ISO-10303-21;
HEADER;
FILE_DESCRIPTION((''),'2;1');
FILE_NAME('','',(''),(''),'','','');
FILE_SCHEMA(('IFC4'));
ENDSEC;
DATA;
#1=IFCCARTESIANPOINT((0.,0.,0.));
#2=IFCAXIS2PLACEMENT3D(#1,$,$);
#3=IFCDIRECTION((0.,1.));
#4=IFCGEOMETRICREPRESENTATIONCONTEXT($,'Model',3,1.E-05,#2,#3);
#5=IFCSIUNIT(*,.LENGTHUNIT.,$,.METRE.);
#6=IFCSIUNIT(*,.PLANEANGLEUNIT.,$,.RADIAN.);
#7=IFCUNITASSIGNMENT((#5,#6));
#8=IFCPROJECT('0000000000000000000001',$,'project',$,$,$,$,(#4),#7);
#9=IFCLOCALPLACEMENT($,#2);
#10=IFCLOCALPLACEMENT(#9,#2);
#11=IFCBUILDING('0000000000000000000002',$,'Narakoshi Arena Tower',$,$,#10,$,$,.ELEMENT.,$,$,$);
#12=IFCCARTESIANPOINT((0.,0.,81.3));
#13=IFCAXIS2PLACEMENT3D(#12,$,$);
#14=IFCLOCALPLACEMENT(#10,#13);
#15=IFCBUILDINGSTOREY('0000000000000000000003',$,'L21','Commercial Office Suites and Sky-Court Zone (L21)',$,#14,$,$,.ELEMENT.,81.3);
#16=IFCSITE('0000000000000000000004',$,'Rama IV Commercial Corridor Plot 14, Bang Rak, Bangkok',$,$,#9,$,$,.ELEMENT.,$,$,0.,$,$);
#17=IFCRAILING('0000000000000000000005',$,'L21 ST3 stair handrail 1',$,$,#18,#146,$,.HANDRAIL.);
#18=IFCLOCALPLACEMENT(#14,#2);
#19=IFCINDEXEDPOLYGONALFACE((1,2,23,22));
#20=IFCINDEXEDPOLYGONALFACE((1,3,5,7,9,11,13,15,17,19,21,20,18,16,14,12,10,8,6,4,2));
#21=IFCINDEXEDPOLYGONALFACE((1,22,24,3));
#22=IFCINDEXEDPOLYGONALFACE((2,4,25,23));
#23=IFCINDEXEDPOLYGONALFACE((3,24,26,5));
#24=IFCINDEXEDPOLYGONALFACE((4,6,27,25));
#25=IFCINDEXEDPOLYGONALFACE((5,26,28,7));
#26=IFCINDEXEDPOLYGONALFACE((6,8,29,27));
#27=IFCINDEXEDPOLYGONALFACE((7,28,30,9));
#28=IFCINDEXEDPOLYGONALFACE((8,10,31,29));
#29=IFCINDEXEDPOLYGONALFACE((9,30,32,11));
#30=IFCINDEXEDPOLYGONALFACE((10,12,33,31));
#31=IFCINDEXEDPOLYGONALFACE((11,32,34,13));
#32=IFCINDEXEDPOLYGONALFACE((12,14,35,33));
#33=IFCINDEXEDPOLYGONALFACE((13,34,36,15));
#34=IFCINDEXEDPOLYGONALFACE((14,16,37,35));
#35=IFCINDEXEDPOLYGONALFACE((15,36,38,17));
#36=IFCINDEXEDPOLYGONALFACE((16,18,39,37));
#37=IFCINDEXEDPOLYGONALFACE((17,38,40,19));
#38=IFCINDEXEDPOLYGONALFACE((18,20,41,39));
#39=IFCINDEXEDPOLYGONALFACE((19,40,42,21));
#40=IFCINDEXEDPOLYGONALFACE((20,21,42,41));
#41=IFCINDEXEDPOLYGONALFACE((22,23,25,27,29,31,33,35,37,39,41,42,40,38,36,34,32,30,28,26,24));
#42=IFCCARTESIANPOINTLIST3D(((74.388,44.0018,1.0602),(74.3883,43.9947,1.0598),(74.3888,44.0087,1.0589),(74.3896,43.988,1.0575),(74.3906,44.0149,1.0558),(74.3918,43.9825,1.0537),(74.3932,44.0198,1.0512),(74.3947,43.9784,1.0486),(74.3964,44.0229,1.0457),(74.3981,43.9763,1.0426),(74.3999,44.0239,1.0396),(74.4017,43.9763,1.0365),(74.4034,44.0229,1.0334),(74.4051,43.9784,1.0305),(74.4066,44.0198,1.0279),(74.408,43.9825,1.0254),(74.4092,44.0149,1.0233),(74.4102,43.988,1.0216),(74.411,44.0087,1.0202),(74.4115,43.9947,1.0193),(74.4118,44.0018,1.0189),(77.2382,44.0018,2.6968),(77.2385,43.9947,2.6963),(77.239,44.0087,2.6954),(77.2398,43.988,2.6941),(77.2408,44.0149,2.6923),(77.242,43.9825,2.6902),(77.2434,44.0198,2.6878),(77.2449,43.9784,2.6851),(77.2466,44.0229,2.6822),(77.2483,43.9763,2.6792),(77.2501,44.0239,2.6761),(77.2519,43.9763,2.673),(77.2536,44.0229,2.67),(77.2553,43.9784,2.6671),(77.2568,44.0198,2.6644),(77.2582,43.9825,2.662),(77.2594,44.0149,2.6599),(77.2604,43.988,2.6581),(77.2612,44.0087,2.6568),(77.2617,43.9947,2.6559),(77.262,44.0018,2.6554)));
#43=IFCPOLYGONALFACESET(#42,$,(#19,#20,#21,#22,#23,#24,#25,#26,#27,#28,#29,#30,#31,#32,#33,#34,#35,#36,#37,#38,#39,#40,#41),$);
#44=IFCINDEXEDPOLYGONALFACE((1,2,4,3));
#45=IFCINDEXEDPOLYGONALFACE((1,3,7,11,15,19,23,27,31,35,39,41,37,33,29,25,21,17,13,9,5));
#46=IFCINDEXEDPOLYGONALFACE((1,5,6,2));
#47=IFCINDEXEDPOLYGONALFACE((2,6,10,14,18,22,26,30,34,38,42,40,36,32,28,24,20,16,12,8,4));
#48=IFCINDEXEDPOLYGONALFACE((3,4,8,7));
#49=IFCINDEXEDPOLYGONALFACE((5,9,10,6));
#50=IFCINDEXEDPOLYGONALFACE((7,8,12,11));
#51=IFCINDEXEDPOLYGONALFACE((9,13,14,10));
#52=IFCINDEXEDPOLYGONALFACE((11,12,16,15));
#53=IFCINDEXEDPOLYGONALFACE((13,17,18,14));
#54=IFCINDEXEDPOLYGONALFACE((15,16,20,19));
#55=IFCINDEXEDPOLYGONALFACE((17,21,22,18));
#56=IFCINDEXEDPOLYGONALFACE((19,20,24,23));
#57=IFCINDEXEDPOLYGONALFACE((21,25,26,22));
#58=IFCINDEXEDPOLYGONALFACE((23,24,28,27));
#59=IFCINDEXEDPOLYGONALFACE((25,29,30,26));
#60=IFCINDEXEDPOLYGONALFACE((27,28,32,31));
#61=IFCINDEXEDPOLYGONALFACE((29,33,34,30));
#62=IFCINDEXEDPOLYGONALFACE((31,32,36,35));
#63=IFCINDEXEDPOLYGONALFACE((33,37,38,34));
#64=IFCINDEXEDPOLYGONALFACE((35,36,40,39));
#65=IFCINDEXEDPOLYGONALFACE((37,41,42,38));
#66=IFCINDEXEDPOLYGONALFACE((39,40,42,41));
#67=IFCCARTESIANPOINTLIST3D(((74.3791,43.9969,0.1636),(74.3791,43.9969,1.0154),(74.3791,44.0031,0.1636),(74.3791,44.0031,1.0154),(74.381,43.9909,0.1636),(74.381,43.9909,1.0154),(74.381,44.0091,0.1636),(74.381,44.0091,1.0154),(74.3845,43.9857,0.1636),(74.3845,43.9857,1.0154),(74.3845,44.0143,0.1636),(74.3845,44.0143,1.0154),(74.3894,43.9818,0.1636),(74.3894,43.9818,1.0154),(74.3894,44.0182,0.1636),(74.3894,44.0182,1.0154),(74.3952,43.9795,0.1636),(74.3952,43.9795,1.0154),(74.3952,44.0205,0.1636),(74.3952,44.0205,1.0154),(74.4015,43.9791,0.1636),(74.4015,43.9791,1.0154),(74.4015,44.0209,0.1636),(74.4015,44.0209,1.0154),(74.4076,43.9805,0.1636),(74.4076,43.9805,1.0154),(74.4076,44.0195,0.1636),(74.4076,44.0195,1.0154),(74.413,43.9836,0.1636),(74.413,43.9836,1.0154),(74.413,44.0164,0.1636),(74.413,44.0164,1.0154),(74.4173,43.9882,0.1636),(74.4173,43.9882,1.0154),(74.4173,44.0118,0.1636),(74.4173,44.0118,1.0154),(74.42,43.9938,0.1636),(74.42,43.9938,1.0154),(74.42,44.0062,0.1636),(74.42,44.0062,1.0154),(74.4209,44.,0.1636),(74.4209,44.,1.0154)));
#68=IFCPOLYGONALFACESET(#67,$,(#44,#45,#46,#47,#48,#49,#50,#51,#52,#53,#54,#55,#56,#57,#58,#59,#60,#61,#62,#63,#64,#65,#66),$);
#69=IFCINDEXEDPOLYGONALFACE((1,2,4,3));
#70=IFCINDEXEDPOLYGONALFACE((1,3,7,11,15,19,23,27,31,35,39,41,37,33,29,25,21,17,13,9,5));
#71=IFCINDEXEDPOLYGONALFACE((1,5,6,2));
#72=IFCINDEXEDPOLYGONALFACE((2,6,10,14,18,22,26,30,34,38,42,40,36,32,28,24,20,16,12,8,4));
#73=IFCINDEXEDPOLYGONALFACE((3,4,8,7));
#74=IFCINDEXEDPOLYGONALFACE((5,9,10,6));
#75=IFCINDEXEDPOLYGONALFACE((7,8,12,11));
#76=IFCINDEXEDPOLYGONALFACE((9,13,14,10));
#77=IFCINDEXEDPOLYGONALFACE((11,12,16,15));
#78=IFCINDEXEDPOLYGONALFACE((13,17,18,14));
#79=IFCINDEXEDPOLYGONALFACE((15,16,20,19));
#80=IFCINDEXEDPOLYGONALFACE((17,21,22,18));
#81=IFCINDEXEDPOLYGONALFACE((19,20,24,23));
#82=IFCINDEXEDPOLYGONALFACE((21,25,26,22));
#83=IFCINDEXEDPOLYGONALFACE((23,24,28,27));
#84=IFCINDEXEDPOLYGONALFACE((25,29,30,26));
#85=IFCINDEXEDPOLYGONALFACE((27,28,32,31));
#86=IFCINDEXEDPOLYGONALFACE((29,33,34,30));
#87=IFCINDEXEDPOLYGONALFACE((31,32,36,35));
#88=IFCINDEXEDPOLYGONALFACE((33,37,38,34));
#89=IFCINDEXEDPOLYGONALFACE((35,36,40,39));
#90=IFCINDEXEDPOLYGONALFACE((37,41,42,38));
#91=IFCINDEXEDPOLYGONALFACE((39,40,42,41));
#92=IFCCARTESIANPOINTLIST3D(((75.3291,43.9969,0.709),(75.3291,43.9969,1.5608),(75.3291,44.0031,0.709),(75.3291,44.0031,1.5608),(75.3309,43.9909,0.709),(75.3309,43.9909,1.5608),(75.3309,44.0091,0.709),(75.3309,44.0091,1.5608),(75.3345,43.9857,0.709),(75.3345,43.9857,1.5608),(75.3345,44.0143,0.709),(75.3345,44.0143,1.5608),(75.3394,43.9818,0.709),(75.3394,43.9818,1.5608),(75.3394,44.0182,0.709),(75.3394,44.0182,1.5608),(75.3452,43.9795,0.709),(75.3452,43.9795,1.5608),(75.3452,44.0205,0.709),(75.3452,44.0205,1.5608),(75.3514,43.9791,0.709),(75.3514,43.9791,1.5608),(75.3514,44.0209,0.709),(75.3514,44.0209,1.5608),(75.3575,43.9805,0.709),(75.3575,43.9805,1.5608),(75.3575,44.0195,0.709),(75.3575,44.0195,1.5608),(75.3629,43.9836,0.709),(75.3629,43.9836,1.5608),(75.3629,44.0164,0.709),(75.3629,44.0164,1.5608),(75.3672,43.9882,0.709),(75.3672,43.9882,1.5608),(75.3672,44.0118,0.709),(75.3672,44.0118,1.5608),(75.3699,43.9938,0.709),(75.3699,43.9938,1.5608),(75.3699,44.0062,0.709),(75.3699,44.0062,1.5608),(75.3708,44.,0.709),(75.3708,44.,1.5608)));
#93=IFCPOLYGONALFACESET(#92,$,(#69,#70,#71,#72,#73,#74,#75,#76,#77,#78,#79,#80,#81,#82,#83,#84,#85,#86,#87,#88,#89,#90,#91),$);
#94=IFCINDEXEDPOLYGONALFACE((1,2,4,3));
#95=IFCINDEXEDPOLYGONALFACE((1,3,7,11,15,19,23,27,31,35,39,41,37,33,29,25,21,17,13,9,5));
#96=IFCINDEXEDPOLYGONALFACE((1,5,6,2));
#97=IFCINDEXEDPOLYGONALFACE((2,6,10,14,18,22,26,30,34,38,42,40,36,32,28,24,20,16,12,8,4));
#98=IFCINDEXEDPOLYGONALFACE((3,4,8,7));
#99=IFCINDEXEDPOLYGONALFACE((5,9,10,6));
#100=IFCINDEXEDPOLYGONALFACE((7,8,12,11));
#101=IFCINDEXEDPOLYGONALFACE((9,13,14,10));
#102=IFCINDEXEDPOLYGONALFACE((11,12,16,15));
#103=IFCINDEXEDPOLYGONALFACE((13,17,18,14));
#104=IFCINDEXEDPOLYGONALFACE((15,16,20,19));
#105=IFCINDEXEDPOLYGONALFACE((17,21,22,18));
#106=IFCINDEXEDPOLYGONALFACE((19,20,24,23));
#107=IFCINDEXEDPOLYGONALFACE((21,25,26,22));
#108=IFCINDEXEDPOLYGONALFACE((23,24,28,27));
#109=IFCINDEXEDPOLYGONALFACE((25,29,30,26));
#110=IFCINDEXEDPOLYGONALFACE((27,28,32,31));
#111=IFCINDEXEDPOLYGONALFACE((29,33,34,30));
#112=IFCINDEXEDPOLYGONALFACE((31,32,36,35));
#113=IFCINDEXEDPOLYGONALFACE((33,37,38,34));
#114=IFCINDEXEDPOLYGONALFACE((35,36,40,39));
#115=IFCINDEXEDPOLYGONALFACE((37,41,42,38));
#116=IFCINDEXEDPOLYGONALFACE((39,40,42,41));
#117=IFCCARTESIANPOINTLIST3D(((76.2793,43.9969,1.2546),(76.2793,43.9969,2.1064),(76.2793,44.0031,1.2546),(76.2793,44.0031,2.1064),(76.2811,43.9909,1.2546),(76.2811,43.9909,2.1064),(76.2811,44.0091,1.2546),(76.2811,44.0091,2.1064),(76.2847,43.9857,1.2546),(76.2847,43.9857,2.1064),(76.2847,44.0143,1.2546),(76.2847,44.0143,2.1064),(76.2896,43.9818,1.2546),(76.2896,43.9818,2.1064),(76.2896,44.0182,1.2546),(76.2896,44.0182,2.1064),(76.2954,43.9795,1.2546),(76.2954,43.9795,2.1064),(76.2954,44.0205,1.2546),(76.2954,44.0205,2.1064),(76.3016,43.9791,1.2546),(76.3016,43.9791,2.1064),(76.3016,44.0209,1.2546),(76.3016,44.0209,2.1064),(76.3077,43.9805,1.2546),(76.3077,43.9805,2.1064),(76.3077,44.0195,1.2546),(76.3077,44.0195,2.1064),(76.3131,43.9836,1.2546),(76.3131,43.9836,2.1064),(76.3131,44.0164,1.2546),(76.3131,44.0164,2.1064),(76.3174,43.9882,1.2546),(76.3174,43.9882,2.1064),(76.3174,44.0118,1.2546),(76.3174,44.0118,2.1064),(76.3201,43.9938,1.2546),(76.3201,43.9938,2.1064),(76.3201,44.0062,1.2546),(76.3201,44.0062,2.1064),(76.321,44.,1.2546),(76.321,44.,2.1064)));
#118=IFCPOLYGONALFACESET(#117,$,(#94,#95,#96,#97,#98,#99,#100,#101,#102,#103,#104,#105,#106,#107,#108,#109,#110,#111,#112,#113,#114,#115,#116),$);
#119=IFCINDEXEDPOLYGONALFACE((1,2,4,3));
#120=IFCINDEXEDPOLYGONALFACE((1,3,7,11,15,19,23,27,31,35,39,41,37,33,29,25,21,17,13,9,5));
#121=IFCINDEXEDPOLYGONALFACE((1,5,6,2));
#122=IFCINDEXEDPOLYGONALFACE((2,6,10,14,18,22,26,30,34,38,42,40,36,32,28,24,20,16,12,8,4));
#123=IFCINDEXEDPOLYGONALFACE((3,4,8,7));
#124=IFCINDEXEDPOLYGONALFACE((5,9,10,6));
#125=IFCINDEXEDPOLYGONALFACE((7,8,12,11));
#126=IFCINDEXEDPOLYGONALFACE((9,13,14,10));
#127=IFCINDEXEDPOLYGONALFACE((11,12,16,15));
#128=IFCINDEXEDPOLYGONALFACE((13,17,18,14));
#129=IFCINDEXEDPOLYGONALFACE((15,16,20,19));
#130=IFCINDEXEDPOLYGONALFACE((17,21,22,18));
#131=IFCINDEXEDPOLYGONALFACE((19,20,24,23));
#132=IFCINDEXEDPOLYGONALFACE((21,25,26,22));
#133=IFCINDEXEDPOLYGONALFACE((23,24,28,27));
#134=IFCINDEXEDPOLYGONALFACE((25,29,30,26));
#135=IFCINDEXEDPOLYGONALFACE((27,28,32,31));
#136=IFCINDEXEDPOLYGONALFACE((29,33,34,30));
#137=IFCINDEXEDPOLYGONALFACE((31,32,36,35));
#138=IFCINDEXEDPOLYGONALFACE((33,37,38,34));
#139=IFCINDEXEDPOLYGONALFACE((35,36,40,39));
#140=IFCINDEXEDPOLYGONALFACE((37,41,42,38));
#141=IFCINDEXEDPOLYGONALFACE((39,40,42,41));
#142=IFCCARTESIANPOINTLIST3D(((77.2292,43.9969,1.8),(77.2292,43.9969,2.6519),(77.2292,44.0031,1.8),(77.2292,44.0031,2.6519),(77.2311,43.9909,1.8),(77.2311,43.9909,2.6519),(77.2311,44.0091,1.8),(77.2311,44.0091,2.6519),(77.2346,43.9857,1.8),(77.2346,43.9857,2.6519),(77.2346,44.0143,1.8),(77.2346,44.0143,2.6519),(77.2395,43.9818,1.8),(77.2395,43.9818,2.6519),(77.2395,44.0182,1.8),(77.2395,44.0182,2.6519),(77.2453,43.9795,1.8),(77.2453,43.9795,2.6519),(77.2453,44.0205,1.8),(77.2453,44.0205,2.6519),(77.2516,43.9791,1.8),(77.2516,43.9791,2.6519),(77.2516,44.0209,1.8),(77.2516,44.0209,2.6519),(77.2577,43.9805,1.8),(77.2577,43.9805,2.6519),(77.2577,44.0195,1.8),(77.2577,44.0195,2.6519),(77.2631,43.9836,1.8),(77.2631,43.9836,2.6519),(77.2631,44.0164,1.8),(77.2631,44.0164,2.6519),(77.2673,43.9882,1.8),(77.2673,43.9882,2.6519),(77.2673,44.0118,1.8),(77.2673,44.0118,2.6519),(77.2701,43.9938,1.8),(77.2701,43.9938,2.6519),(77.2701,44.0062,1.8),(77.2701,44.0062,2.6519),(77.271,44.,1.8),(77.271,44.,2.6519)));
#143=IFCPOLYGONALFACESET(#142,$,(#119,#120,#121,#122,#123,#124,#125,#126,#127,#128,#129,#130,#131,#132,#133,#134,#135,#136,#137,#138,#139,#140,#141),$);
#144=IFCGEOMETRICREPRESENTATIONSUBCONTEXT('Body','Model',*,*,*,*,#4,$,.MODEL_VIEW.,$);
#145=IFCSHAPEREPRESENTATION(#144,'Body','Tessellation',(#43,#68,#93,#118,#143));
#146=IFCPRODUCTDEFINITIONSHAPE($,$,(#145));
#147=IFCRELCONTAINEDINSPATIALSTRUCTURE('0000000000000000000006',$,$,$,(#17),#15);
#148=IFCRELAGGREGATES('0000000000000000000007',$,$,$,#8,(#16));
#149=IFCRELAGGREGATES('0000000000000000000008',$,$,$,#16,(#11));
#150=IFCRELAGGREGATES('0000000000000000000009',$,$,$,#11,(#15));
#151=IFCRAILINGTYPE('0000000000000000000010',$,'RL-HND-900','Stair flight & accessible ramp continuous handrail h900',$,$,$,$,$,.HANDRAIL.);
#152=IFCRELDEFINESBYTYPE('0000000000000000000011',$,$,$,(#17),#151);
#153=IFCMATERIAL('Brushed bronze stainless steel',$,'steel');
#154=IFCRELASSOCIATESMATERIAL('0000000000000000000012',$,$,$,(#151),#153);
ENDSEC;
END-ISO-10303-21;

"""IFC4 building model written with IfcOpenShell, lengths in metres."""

from ifc_helpers import new_model, si_unit, direction, frame, origin, origin_2d, place, context, subcontext, project, spatial, circle, extrude, material, type_object, element, save


model = new_model("IFC4")

# Units and contexts
model_context = context("Model", 3, precision=1e-05, world=origin(), true_north=direction((0.0, 1.0)))
body_context = subcontext(model_context, "Body", "Model", "MODEL_VIEW")
ifc_project = project(units=[si_unit("LENGTHUNIT", "METRE"), si_unit("PLANEANGLEUNIT", "RADIAN")], contexts=[model_context])

# Site, building, storey
site_placement = place(None, origin())
site = spatial("IfcSite", under=ifc_project, at=site_placement, Name="Rama IV Commercial Corridor Plot 14, Bang Rak, Bangkok", CompositionType="ELEMENT", RefElevation=0.0)
building_placement = place(site_placement, origin())
building = spatial("IfcBuilding", under=site, at=building_placement, Name="Narakoshi Arena Tower", CompositionType="ELEMENT")
storey_placement = place(building_placement, frame((0.0, 0.0, 81.3)))
storey = spatial("IfcBuildingStorey", under=building, at=storey_placement, Name="L21", Description="Commercial Office Suites and Sky-Court Zone (L21)", CompositionType="ELEMENT", Elevation=81.3)

# Shared definitions
ifc_material_1 = material(Name="Brushed bronze stainless steel", Category="steel")

# Railing
railing_type_1 = type_object("IfcRailingType", Name="RL-HND-900", Description="Stair flight & accessible ramp continuous handrail h900", PredefinedType="HANDRAIL", material=ifc_material_1)
railing_1_placement = place(storey_placement, frame((74.3999, 44.0, 0.1636)))
element("IfcRailing", 1, at=railing_1_placement, inside=storey, type_object=railing_type_1, Name="L21 ST3 stair handrail 1", PredefinedType="HANDRAIL", context=body_context, shape_type="SweptSolid", body=[
    extrude(circle(Radius=0.0239, at=origin_2d()), frame((0.0, 0.0, 0.876), z_axis=(0.867213, 0.0, 0.497938), x_axis=(0.0, 1.0, 0.0)), (0.0, 0.0, 1.0), 3.2866),
    extrude(circle(Radius=0.021, at=origin_2d()), origin(), (0.0, 0.0, 1.0), 0.8518),
    extrude(circle(Radius=0.021, at=origin_2d()), frame((0.95, 0.0, 0.5454)), (0.0, 0.0, 1.0), 0.8518),
    extrude(circle(Radius=0.021, at=origin_2d()), frame((1.9001, 0.0, 1.0911)), (0.0, 0.0, 1.0), 0.8518),
    extrude(circle(Radius=0.021, at=origin_2d()), frame((2.8501, 0.0, 1.6365)), (0.0, 0.0, 1.0), 0.8518),
])

save(model, "model.ifc")
